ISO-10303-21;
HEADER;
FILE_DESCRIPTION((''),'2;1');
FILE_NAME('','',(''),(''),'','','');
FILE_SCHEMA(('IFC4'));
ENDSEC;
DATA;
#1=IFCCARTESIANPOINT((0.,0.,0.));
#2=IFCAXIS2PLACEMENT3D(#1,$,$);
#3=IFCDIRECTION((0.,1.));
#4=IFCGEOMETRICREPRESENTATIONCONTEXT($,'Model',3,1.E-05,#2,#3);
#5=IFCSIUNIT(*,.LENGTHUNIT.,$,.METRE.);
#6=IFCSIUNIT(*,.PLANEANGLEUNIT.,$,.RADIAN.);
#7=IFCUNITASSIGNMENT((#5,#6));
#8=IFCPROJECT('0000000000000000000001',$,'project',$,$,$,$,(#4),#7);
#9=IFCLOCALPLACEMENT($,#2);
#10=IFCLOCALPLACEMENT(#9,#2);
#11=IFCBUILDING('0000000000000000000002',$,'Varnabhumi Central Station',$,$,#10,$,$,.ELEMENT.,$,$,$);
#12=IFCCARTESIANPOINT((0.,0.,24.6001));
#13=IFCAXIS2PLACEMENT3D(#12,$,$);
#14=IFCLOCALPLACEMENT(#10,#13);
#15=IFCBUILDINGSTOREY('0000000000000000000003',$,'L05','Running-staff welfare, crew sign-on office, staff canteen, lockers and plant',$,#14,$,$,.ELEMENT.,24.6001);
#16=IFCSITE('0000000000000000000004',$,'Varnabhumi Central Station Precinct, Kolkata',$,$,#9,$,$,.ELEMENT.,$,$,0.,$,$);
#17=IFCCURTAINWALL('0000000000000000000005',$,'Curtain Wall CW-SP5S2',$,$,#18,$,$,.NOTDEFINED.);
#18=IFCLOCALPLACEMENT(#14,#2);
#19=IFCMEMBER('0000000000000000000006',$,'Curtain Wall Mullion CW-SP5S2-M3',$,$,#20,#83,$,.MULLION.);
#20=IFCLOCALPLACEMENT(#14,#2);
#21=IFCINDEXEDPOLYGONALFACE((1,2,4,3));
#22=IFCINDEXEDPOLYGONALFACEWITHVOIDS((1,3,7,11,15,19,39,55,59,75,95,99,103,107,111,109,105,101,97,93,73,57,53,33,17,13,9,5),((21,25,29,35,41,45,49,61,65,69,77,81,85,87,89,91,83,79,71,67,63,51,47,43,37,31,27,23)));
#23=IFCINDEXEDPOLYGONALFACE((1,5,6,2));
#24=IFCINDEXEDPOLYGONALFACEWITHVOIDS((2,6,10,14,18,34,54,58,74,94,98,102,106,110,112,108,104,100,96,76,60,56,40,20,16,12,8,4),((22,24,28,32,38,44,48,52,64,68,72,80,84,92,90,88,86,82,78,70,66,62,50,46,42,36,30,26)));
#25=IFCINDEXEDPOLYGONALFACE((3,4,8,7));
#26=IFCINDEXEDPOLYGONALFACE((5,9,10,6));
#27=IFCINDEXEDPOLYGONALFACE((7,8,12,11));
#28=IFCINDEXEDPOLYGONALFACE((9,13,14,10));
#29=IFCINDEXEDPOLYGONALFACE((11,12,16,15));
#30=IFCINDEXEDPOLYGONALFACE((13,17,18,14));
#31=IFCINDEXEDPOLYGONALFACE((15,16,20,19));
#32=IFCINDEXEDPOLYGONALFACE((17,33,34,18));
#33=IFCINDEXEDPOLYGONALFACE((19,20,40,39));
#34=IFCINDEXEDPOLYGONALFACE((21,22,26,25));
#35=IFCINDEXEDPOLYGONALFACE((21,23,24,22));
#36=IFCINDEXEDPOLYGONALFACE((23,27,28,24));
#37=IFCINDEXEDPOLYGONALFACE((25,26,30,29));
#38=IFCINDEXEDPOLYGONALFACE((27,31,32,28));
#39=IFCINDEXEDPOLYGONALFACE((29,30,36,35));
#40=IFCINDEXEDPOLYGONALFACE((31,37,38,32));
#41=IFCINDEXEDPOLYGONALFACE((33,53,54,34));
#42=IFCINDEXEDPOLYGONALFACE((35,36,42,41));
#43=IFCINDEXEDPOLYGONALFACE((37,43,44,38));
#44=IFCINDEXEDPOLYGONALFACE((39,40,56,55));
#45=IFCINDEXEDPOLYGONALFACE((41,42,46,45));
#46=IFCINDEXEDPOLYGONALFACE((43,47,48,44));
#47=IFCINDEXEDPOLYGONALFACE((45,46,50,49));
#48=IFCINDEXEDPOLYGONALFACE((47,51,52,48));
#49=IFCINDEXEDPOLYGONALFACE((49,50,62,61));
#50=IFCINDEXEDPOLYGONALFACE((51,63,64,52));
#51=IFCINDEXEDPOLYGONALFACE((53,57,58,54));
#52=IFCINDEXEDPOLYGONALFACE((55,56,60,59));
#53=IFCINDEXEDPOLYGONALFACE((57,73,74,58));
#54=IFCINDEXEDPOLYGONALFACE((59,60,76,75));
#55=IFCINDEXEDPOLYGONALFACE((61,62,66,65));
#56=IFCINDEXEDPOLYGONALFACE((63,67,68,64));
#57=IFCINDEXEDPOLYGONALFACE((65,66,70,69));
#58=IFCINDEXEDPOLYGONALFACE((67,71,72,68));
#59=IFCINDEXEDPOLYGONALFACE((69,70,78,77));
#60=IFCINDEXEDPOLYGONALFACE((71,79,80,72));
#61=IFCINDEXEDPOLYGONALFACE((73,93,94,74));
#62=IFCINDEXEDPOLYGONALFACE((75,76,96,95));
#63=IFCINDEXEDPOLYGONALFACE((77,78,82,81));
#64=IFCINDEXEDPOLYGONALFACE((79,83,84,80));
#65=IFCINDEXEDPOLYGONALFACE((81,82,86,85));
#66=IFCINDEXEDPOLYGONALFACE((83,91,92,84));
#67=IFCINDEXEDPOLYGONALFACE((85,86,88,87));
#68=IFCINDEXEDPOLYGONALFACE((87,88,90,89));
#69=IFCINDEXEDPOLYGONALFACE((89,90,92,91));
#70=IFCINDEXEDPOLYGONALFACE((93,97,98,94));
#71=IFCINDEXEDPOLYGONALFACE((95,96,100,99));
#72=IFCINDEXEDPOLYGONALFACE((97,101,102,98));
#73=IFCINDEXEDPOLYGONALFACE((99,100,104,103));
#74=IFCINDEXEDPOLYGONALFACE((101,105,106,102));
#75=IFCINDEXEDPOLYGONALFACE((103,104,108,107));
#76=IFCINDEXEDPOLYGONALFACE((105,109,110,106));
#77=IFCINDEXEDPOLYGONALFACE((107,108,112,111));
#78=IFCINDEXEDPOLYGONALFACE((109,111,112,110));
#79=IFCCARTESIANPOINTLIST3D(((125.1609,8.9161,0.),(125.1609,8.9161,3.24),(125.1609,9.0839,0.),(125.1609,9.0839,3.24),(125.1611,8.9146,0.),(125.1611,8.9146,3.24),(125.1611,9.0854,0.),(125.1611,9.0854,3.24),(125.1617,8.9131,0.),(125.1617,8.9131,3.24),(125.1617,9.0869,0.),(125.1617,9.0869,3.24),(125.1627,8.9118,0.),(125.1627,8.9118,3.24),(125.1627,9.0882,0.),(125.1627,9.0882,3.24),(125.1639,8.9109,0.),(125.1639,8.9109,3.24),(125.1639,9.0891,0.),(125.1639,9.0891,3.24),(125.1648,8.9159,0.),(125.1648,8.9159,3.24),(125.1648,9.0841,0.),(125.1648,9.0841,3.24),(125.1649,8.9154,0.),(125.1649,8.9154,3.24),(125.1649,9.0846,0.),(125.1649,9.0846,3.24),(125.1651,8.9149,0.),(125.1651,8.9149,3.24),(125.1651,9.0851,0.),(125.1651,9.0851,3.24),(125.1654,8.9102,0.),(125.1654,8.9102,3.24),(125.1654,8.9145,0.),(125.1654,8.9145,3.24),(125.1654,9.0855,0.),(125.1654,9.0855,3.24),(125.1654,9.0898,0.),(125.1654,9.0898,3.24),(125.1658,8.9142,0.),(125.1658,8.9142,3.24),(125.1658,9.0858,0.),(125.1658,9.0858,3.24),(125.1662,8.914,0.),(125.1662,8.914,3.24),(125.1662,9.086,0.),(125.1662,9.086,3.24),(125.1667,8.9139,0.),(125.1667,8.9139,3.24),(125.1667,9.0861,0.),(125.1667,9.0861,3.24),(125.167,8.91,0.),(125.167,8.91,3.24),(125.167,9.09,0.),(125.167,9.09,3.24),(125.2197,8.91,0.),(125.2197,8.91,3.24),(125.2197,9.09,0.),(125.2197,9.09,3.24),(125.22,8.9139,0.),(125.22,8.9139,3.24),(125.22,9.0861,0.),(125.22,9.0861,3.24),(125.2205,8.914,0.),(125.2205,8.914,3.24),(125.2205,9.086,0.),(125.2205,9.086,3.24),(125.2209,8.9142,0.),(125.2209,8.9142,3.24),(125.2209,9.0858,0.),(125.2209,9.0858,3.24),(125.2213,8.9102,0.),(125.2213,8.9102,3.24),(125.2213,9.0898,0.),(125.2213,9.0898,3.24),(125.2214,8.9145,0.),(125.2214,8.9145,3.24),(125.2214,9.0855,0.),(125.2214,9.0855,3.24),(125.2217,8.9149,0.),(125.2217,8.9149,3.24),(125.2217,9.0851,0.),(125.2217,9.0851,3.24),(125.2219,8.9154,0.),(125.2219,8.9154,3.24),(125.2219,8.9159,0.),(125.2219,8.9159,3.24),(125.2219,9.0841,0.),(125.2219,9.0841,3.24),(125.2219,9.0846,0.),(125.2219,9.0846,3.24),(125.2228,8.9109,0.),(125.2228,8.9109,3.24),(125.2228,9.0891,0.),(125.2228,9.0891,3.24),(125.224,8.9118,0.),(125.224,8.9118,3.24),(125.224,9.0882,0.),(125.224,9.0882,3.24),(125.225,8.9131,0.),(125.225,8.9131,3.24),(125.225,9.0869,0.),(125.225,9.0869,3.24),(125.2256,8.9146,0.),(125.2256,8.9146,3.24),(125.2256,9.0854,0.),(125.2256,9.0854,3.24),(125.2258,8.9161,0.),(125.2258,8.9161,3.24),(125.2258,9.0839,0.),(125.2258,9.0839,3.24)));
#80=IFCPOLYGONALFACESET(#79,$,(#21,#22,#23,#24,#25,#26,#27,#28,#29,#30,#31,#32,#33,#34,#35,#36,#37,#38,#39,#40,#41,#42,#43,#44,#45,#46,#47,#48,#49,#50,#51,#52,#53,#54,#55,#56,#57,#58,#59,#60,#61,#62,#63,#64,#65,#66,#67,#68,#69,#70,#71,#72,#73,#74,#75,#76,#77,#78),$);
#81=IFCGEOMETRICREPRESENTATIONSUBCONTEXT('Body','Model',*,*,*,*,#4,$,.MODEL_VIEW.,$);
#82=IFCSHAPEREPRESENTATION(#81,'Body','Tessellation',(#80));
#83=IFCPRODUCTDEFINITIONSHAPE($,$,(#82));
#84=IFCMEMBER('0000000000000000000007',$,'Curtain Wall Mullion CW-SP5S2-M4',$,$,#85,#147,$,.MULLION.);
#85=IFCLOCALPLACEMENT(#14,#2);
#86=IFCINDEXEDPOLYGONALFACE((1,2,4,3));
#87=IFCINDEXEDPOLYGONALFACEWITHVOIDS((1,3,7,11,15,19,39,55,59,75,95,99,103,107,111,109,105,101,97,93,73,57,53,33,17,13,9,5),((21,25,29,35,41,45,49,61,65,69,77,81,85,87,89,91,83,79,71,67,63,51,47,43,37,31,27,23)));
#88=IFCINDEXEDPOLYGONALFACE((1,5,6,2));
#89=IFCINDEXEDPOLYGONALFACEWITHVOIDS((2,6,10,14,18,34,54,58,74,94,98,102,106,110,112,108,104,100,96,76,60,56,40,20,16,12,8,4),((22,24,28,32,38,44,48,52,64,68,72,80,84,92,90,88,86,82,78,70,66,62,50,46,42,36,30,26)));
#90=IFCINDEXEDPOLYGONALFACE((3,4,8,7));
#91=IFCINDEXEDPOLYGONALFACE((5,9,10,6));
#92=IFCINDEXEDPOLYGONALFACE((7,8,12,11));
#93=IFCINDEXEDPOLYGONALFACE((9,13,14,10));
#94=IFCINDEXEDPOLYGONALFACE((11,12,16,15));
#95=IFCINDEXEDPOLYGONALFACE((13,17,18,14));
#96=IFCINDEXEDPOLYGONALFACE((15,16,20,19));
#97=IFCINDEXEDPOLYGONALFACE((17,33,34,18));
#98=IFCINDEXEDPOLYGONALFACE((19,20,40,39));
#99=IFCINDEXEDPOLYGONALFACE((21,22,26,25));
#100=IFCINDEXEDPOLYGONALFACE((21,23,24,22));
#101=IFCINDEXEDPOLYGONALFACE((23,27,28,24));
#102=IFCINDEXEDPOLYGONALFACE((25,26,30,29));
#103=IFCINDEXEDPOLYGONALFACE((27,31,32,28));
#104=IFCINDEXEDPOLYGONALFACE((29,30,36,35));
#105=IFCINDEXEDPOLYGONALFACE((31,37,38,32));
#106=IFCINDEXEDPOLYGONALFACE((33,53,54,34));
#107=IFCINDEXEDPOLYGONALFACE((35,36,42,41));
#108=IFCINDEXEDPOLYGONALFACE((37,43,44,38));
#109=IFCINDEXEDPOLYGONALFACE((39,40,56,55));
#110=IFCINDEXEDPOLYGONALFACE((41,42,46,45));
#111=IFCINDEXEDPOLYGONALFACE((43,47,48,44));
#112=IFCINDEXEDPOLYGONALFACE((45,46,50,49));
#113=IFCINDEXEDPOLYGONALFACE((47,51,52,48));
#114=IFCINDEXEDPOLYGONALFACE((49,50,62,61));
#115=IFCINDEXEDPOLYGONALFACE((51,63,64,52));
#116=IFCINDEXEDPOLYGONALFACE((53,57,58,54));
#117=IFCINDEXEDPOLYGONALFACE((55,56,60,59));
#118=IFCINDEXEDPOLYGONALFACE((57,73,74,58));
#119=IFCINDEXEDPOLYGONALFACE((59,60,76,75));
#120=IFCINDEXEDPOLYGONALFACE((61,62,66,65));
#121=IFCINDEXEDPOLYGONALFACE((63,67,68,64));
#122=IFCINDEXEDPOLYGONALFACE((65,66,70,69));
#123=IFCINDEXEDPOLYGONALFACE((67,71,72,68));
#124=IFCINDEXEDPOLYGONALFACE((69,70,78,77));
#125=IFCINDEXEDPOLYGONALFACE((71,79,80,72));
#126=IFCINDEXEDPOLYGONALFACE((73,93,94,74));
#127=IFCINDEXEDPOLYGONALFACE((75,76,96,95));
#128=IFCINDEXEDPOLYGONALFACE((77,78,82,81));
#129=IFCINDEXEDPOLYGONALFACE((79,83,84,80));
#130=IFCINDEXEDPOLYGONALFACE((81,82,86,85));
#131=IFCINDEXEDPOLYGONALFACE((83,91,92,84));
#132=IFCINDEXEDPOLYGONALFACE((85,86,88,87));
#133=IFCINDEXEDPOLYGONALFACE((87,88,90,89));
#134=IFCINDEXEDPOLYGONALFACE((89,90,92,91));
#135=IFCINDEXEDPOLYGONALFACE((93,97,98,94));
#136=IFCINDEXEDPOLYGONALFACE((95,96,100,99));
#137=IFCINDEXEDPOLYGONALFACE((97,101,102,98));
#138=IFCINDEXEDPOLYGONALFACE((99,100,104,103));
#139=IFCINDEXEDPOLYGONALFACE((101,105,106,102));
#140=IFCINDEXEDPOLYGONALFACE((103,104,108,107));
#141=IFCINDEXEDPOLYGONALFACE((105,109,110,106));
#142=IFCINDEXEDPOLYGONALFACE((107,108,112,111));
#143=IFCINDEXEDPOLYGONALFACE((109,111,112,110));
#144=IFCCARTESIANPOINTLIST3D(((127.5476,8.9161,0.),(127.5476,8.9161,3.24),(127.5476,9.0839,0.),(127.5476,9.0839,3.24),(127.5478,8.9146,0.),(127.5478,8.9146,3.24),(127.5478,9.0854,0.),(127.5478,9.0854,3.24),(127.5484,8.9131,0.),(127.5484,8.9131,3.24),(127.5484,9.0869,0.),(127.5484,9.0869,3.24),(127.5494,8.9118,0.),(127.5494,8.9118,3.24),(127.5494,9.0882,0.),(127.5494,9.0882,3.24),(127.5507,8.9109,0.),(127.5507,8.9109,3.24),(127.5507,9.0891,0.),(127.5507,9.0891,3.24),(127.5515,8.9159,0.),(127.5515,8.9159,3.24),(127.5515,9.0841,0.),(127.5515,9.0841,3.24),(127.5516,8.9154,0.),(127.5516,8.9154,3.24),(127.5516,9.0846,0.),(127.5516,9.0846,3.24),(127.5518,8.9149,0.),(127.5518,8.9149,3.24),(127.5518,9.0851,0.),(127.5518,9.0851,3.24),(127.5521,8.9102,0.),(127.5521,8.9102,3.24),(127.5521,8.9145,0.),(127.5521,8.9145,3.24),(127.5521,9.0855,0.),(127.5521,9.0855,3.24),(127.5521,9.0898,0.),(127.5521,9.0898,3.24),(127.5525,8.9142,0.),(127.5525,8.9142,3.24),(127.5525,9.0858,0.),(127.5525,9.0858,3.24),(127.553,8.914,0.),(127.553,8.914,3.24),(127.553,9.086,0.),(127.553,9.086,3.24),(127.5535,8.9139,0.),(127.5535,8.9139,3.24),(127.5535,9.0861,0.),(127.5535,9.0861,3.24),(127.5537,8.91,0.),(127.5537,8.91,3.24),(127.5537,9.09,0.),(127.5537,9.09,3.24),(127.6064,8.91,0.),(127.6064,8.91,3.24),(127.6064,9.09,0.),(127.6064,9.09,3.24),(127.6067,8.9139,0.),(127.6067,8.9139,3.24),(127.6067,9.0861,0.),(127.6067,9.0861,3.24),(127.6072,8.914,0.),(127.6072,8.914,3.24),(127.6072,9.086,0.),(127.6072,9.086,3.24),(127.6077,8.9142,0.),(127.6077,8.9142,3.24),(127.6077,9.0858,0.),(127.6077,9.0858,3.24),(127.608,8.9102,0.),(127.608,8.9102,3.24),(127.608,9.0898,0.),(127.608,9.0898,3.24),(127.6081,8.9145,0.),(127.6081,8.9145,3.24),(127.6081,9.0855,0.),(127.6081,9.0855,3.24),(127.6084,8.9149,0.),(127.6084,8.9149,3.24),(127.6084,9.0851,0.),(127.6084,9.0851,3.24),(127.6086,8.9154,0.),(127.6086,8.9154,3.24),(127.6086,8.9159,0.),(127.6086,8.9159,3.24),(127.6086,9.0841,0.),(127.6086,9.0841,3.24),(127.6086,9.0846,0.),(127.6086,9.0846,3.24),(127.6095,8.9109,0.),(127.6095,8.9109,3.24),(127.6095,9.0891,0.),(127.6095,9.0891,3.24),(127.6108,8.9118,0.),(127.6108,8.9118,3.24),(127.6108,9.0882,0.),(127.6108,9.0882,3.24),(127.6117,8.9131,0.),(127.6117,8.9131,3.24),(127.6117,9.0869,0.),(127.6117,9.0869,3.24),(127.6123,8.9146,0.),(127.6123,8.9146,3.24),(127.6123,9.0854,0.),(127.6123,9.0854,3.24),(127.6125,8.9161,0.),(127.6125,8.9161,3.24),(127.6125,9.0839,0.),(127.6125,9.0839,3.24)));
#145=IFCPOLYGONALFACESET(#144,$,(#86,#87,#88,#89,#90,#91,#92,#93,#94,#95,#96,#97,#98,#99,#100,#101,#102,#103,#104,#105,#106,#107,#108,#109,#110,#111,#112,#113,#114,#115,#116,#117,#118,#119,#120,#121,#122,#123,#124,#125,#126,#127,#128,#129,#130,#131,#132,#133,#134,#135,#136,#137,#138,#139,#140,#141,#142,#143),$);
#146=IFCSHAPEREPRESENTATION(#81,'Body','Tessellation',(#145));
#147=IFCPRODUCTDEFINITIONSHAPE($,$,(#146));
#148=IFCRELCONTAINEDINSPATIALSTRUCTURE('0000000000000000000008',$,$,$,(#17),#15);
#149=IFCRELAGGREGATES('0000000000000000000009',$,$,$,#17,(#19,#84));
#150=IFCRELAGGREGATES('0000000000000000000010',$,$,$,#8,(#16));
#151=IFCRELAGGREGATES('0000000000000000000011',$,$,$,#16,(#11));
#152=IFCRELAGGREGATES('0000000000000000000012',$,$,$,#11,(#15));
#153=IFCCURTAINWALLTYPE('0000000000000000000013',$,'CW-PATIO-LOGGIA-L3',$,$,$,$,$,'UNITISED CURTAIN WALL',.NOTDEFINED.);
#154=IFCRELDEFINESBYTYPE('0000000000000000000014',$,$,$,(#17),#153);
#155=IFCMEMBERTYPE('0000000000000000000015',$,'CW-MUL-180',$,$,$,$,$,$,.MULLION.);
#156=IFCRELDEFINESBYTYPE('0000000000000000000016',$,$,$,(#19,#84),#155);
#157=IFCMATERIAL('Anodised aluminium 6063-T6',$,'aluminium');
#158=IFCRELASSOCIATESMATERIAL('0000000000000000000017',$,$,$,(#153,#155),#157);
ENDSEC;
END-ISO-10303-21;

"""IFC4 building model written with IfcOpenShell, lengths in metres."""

from ifc_helpers import new_model, si_unit, direction, frame, origin, origin_2d, place, context, subcontext, project, spatial, hollow_rectangle, extrude, material, material_profile, profile_set, type_object, element, aggregate, save


model = new_model("IFC4")

# Units and contexts
model_context = context("Model", 3, precision=1e-05, world=origin(), true_north=direction((0.0, 1.0)))
body_context = subcontext(model_context, "Body", "Model", "MODEL_VIEW")
ifc_project = project(units=[si_unit("LENGTHUNIT", "METRE"), si_unit("PLANEANGLEUNIT", "RADIAN")], contexts=[model_context])

# Site, building, storey
site_placement = place(None, origin())
site = spatial("IfcSite", under=ifc_project, at=site_placement, Name="Varnabhumi Central Station Precinct, Kolkata", CompositionType="ELEMENT", RefElevation=0.0)
building_placement = place(site_placement, origin())
building = spatial("IfcBuilding", under=site, at=building_placement, Name="Varnabhumi Central Station", CompositionType="ELEMENT")
storey_placement = place(building_placement, frame((0.0, 0.0, 24.6001)))
storey = spatial("IfcBuildingStorey", under=building, at=storey_placement, Name="L05", Description="Running-staff welfare, crew sign-on office, staff canteen, lockers and plant", CompositionType="ELEMENT", Elevation=24.6001)

# Curtain wall, members
ifc_material_1 = material(Name="Anodised aluminium 6063-T6", Category="aluminium")
curtain_wall_type = type_object("IfcCurtainWallType", Name="CW-PATIO-LOGGIA-L3", ElementType="UNITISED CURTAIN WALL", PredefinedType="NOTDEFINED", material=ifc_material_1)
curtain_wall_placement = place(storey_placement, origin())
curtain_wall = element("IfcCurtainWall", 1, at=curtain_wall_placement, inside=storey, type_object=curtain_wall_type, Name="Curtain Wall CW-SP5S2", PredefinedType="NOTDEFINED")
ifc_material_profile_1 = material_profile(ifc_material_1, hollow_rectangle(XDim=0.0649, YDim=0.1799, WallThickness=0.0039, InnerFilletRadius=0.002, OuterFilletRadius=0.0061, at=origin_2d()), Name="Anodised aluminium 6063-T6", Category="aluminium")
ifc_profile_set_1 = profile_set([ifc_material_profile_1], Name="Anodised aluminium 6063-T6")
member_type_1 = type_object("IfcMemberType", Name="CW-MUL-180", PredefinedType="MULLION", material=ifc_profile_set_1)
member_1_placement = place(storey_placement, frame((125.1934, 9.0, 0.0), z_axis=(0.0, 0.0, 1.0), x_axis=(1.0, 0.0, 0.0)))
member_1 = element("IfcMember", 2, at=member_1_placement, type_object=member_type_1, Name="Curtain Wall Mullion CW-SP5S2-M3", PredefinedType="MULLION", context=body_context, shape_type="SweptSolid", body=[
    extrude(hollow_rectangle(XDim=0.0649, YDim=0.1799, WallThickness=0.0039, InnerFilletRadius=0.002, OuterFilletRadius=0.0061, at=origin_2d()), origin(), (0.0, 0.0, 1.0), 3.24),
])
member_2_placement = place(storey_placement, frame((127.5801, 9.0, 0.0), z_axis=(0.0, 0.0, 1.0), x_axis=(1.0, 0.0, 0.0)))
member_2 = element("IfcMember", 3, at=member_2_placement, type_object=member_type_1, Name="Curtain Wall Mullion CW-SP5S2-M4", PredefinedType="MULLION", context=body_context, shape_type="SweptSolid", body=[
    extrude(hollow_rectangle(XDim=0.0649, YDim=0.1799, WallThickness=0.0039, InnerFilletRadius=0.002, OuterFilletRadius=0.0061, at=origin_2d()), origin(), (0.0, 0.0, 1.0), 3.24),
])

aggregate(curtain_wall, [member_1, member_2])

save(model, "model.ifc")
